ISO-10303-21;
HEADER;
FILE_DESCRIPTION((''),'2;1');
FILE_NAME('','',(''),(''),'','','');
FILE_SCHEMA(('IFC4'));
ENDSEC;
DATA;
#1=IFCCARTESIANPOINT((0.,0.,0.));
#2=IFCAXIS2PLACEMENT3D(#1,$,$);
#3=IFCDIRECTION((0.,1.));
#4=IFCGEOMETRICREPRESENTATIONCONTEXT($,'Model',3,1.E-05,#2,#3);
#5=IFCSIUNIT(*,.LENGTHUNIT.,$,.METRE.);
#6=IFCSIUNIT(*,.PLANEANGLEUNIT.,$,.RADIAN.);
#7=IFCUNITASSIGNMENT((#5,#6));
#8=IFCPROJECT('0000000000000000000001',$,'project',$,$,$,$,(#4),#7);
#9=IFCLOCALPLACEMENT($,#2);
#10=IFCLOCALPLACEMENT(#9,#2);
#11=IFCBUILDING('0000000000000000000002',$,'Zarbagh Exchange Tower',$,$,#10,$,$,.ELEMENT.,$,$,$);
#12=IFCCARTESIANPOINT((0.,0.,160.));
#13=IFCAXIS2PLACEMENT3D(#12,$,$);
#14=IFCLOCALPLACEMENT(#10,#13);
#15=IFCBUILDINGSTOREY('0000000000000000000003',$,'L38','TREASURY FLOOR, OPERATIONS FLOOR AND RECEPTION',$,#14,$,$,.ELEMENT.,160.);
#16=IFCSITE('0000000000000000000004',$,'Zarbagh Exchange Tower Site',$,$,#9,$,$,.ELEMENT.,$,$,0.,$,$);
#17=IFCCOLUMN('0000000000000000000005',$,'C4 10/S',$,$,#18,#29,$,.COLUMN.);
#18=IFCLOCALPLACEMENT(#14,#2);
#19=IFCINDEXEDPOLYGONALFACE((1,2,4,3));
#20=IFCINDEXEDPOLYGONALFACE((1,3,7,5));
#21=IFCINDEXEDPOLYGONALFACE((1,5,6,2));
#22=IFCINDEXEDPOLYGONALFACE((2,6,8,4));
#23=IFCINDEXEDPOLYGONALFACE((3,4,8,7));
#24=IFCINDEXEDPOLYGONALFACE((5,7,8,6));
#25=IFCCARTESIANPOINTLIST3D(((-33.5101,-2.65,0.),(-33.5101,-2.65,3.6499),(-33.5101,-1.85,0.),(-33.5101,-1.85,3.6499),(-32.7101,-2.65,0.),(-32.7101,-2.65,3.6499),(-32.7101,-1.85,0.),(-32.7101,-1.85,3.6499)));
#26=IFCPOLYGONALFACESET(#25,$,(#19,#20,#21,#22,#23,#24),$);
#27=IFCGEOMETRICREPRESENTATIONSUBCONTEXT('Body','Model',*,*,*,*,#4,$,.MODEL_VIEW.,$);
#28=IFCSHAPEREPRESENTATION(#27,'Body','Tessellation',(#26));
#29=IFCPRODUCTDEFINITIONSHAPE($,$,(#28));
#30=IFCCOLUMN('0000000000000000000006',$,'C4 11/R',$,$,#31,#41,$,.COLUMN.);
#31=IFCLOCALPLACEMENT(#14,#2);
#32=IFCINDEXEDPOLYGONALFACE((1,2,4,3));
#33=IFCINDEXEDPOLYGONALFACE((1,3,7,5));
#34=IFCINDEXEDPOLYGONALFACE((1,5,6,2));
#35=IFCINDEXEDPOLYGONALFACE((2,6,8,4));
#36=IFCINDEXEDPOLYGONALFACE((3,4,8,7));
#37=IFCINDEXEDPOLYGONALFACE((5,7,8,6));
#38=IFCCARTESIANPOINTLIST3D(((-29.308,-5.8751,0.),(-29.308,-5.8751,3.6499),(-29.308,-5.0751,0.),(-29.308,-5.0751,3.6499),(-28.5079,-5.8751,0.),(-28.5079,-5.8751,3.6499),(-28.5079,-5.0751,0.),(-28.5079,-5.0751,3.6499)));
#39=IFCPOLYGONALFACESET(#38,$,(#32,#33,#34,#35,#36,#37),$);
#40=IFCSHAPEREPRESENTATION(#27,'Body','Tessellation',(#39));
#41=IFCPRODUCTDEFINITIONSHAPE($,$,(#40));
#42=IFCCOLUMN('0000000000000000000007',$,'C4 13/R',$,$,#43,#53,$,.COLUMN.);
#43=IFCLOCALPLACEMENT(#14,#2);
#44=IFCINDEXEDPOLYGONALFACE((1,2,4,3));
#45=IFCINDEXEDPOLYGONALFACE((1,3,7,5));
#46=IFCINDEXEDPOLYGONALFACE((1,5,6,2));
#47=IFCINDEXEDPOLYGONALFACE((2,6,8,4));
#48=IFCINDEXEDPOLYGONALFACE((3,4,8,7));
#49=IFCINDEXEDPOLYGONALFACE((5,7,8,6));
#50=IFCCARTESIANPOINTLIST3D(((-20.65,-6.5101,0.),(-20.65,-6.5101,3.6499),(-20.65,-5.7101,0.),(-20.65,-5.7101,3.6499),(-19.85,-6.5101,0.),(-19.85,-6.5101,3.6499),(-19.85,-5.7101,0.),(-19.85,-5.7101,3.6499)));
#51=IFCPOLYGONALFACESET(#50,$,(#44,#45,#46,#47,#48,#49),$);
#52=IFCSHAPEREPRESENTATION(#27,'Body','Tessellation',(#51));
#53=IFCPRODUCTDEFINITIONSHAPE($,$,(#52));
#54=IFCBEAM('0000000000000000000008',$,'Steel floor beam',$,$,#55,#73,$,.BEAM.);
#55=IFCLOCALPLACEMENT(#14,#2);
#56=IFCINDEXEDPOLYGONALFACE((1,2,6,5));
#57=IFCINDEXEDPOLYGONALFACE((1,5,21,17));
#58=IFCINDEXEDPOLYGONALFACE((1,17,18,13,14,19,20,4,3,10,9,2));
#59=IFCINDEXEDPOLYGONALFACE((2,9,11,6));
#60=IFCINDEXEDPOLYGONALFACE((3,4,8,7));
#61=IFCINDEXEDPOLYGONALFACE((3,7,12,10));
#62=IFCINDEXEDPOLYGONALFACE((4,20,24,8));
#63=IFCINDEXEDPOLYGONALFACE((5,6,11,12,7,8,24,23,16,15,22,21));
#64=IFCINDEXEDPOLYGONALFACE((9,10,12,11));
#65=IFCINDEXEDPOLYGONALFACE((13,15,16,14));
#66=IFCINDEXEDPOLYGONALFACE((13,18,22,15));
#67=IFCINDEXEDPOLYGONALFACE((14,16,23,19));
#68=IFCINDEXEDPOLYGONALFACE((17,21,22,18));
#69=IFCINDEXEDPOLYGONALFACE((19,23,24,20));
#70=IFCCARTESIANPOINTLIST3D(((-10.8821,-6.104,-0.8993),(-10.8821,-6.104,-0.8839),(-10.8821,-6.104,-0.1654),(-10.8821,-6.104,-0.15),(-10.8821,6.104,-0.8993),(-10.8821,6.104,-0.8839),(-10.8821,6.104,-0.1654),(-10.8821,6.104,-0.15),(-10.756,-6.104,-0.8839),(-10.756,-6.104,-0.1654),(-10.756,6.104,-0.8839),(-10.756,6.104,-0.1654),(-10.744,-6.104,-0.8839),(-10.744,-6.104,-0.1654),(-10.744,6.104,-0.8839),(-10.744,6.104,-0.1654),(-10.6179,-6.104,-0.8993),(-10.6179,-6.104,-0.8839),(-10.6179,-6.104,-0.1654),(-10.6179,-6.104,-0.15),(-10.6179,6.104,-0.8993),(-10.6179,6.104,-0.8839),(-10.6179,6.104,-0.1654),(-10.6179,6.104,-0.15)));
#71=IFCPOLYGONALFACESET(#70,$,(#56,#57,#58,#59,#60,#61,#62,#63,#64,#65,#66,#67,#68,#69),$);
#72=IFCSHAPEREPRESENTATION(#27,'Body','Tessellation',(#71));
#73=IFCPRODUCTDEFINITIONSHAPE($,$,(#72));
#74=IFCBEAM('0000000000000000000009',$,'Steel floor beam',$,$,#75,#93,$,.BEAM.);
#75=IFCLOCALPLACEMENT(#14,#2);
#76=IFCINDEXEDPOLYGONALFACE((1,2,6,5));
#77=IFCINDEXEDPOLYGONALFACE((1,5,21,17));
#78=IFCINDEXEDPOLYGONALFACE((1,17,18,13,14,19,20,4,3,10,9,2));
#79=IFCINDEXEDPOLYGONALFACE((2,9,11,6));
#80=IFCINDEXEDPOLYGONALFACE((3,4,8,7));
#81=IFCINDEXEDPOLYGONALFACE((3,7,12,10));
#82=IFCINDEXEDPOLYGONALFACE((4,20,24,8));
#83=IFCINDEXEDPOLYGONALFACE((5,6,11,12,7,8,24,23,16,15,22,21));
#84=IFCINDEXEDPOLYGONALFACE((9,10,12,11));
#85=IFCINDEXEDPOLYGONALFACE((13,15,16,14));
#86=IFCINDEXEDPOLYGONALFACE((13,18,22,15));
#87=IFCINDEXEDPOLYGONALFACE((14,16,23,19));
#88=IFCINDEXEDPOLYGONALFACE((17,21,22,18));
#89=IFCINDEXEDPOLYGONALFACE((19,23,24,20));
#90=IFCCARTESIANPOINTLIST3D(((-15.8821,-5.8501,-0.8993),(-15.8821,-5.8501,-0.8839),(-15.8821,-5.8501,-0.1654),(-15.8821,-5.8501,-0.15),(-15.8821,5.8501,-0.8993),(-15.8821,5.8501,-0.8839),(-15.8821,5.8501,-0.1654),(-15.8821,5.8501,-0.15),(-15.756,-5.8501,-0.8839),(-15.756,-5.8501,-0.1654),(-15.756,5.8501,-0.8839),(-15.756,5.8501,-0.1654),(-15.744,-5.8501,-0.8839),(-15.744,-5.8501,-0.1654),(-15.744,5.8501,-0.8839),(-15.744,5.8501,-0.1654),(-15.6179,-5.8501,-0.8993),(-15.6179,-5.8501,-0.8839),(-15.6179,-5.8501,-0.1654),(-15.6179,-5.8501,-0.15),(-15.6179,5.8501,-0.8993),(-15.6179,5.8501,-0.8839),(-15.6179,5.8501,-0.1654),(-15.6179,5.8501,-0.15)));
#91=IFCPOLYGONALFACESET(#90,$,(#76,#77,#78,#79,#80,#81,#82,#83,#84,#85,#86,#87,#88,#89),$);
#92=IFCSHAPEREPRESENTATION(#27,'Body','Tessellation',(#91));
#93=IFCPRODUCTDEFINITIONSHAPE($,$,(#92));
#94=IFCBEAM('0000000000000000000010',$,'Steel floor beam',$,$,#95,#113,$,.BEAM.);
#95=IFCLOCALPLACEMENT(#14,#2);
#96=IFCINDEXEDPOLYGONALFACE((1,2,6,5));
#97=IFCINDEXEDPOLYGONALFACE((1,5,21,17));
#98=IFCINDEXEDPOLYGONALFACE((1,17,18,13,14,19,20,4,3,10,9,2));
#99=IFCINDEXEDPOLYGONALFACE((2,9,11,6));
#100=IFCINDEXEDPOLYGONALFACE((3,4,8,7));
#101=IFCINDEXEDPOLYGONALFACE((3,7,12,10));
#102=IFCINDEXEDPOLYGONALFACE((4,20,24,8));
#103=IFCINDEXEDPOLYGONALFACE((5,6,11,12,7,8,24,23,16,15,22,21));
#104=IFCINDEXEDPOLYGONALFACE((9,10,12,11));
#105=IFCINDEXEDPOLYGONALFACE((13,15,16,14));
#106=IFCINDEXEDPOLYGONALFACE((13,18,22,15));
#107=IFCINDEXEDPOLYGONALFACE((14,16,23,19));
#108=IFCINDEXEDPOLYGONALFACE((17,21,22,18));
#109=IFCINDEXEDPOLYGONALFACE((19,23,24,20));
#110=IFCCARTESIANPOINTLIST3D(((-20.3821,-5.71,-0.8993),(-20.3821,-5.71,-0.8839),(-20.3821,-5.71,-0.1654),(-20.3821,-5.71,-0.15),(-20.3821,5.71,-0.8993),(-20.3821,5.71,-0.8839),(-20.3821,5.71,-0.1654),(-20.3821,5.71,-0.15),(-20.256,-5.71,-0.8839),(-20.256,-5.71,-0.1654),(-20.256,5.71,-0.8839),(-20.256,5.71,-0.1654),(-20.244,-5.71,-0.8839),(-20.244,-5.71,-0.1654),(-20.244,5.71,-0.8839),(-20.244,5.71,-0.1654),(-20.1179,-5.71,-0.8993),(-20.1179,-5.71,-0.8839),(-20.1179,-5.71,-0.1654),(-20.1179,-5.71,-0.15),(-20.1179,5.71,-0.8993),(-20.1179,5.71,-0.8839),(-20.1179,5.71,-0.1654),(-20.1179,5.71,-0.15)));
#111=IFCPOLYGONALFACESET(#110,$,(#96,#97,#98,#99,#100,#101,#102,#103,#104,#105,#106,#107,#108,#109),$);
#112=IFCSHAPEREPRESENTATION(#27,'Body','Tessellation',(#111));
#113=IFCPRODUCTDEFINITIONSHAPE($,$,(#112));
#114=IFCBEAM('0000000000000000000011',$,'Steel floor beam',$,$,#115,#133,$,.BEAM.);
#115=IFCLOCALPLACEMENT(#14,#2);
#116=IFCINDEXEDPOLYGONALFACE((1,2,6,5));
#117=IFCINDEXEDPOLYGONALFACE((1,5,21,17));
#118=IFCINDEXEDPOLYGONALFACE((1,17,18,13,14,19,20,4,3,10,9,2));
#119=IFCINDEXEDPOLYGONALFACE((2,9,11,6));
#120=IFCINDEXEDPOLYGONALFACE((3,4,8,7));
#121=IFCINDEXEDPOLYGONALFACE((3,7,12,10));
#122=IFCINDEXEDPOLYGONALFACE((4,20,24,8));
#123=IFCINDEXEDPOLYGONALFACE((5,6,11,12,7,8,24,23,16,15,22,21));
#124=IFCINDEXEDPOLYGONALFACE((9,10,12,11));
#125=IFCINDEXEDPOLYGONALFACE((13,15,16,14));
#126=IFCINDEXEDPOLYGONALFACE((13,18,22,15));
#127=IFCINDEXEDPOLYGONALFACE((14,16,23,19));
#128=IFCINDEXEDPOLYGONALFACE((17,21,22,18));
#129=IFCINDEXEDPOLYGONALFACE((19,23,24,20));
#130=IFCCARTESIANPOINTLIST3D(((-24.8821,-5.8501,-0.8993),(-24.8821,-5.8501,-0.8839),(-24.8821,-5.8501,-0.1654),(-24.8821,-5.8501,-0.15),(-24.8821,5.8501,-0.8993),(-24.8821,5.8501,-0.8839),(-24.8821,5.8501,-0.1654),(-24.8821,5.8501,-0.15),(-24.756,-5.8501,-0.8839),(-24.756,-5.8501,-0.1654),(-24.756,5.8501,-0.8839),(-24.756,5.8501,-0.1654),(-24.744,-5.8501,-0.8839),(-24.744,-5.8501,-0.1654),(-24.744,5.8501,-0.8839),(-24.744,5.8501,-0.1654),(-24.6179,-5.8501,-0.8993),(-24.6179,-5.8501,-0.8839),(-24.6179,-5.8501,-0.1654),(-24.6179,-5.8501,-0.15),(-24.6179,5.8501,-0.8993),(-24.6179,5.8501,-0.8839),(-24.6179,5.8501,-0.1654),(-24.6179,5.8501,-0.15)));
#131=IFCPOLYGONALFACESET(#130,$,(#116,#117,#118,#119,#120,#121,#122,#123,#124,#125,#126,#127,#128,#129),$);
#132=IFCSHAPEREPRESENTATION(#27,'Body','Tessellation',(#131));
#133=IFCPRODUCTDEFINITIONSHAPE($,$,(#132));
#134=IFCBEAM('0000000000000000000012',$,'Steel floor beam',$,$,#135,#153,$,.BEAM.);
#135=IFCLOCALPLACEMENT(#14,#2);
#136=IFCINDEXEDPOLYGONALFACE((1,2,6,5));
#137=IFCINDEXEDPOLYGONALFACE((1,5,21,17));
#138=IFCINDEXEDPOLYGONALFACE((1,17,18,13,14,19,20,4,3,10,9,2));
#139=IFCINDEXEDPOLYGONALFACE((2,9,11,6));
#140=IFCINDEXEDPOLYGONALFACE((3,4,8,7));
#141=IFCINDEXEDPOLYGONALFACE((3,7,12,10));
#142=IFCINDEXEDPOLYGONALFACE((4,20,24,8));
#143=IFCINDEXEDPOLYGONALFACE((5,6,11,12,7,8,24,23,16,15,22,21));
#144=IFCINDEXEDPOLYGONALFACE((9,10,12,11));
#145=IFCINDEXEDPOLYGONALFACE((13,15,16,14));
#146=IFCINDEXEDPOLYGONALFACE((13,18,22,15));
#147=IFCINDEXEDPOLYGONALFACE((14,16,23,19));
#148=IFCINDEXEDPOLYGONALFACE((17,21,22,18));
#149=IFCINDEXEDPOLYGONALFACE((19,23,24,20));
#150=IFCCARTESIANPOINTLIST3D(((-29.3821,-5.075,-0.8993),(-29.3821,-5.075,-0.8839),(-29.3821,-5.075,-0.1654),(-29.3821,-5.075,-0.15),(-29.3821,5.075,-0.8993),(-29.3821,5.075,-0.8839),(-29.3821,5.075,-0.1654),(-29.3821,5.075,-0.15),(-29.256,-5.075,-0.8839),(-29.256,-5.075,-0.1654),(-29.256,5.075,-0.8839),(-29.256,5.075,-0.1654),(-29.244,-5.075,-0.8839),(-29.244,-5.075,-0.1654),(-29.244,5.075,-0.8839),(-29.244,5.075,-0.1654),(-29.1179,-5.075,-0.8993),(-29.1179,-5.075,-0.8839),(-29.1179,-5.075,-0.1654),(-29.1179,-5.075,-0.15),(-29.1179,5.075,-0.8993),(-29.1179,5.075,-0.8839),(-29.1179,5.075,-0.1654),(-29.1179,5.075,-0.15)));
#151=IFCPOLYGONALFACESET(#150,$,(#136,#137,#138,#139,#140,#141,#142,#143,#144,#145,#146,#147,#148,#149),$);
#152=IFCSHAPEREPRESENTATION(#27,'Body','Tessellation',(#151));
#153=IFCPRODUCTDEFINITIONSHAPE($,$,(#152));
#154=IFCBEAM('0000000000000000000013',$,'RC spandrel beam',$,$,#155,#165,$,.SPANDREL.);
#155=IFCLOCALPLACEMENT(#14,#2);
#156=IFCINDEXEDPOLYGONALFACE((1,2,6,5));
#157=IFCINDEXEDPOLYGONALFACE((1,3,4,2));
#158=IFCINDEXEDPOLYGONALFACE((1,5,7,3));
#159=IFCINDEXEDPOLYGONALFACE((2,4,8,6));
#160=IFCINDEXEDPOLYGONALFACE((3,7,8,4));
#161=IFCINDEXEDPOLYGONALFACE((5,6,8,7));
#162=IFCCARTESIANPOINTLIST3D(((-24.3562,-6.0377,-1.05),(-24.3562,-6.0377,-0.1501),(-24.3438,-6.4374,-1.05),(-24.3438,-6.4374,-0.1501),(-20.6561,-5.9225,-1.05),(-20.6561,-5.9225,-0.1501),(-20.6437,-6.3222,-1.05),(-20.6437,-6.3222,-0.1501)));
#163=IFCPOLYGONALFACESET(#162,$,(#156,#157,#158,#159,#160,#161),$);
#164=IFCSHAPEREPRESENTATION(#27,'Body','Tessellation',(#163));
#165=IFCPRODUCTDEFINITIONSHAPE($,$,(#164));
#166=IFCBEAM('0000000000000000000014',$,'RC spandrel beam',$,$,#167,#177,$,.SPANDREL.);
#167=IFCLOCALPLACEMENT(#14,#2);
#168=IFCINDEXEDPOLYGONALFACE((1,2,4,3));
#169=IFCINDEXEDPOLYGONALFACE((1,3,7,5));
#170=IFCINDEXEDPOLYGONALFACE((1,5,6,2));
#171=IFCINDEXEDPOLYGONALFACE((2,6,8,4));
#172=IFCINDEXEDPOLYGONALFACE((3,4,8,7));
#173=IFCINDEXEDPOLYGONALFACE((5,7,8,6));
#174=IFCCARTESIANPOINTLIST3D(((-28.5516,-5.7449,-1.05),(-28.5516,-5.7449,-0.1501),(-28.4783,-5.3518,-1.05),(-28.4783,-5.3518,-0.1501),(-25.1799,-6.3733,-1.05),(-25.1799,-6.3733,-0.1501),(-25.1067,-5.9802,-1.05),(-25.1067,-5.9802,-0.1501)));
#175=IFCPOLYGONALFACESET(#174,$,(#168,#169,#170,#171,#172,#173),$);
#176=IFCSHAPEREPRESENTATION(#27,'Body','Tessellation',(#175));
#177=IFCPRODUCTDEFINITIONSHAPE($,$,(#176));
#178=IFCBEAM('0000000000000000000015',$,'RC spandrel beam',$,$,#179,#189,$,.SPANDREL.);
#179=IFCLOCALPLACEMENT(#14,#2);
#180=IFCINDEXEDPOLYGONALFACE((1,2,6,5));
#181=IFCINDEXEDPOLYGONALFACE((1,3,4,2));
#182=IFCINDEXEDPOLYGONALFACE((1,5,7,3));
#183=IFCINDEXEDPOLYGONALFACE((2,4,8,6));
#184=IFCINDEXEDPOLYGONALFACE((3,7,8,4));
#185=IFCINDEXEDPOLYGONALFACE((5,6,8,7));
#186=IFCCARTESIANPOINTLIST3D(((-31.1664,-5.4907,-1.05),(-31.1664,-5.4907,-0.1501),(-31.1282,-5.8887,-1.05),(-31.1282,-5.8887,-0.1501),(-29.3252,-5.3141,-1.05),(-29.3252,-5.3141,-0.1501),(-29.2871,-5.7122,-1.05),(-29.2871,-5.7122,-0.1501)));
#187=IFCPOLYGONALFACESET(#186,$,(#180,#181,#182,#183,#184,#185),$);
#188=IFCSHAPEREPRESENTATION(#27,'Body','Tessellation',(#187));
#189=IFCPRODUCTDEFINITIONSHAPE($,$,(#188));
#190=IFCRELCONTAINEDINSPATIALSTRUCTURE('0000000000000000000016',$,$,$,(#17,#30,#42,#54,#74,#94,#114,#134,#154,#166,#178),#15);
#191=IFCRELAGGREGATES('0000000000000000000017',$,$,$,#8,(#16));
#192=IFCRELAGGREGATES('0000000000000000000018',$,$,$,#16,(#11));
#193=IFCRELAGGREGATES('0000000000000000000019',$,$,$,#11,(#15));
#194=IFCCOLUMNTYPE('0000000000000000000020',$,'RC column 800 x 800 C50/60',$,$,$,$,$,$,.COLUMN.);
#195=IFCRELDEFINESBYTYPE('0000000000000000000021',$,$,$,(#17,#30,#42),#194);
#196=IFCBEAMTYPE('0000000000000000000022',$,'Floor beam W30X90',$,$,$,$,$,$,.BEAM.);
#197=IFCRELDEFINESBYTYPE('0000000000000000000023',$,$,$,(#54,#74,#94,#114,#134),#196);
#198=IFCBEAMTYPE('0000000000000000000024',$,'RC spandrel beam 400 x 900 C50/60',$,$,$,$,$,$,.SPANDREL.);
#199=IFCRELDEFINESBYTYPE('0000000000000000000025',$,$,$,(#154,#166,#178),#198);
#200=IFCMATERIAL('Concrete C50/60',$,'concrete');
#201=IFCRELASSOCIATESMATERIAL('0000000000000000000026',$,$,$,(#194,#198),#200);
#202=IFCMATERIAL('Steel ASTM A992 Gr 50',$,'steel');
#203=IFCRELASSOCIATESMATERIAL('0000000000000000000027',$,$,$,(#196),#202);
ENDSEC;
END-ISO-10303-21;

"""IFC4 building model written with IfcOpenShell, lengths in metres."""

from ifc_helpers import new_model, si_unit, direction, frame, origin, origin_2d, place, context, subcontext, project, spatial, rectangle, i_section, extrude, material, material_profile, profile_set, type_object, element, save


model = new_model("IFC4")

# Units and contexts
model_context = context("Model", 3, precision=1e-05, world=origin(), true_north=direction((0.0, 1.0)))
body_context = subcontext(model_context, "Body", "Model", "MODEL_VIEW")
ifc_project = project(units=[si_unit("LENGTHUNIT", "METRE"), si_unit("PLANEANGLEUNIT", "RADIAN")], contexts=[model_context])

# Site, building, storey
site_placement = place(None, origin())
site = spatial("IfcSite", under=ifc_project, at=site_placement, Name="Zarbagh Exchange Tower Site", CompositionType="ELEMENT", RefElevation=0.0)
building_placement = place(site_placement, origin())
building = spatial("IfcBuilding", under=site, at=building_placement, Name="Zarbagh Exchange Tower", CompositionType="ELEMENT")
storey_placement = place(building_placement, frame((0.0, 0.0, 160.0)))
storey = spatial("IfcBuildingStorey", under=building, at=storey_placement, Name="L38", Description="TREASURY FLOOR, OPERATIONS FLOOR AND RECEPTION", CompositionType="ELEMENT", Elevation=160.0)

# Columns
ifc_material_1 = material(Name="Concrete C50/60", Category="concrete")
ifc_material_profile_1 = material_profile(ifc_material_1, rectangle(XDim=0.8, YDim=0.8, at=origin_2d()), Name="RC column 800 x 800 C50/60")
ifc_profile_set_1 = profile_set([ifc_material_profile_1], Name="Concrete C50/60")
column_type = type_object("IfcColumnType", Name="RC column 800 x 800 C50/60", PredefinedType="COLUMN", material=ifc_profile_set_1)
for number, where, z_axis, x_axis, name in (
    (1, (-33.1101, -2.25, 0.0), (0.0, 0.0, 1.0), (1.0, 0.0, 0.0), "C4 10/S"),
    (2, (-28.908, -5.4751, 0.0), (0.0, 0.0, 1.0), (1.0, 0.0, 0.0), "C4 11/R"),
    (3, (-20.25, -6.1101, 0.0), (0.0, 0.0, 1.0), (1.0, 0.0, 0.0), "C4 13/R"),
):
    element("IfcColumn", number, at=place(storey_placement, frame(where, z_axis=z_axis, x_axis=x_axis)), inside=storey, type_object=column_type, Name=name, PredefinedType="COLUMN", context=body_context, shape_type="SweptSolid", body=[
        extrude(rectangle(XDim=0.8, YDim=0.8, at=origin_2d()), origin(), (0.0, 0.0, 1.0), 3.6499),
    ])

# Beams
ifc_material_2 = material(Name="Steel ASTM A992 Gr 50", Category="steel")
ifc_material_profile_2 = material_profile(ifc_material_2, i_section(OverallWidth=0.2642, OverallDepth=0.7493, WebThickness=0.012, FlangeThickness=0.0154, at=origin_2d()), Name="W30X90")
ifc_profile_set_2 = profile_set([ifc_material_profile_2], Name="Steel ASTM A992 Gr 50")
beam_type_1 = type_object("IfcBeamType", Name="Floor beam W30X90", PredefinedType="BEAM", material=ifc_profile_set_2)
beam_1_placement = place(storey_placement, frame((-10.75, -6.104, -0.5247), z_axis=(0.0, 1.0, 0.0), x_axis=(-1.0, 0.0, 0.0)))
element("IfcBeam", 4, at=beam_1_placement, inside=storey, type_object=beam_type_1, Name="Steel floor beam", PredefinedType="BEAM", context=body_context, shape_type="SweptSolid", body=[
    extrude(i_section(OverallWidth=0.2642, OverallDepth=0.7493, WebThickness=0.012, FlangeThickness=0.0154, at=origin_2d()), origin(), (0.0, 0.0, 1.0), 12.208),
])
beam_2_placement = place(storey_placement, frame((-15.75, -5.8501, -0.5247), z_axis=(0.0, 1.0, 0.0), x_axis=(-1.0, 0.0, 0.0)))
element("IfcBeam", 5, at=beam_2_placement, inside=storey, type_object=beam_type_1, Name="Steel floor beam", PredefinedType="BEAM", context=body_context, shape_type="SweptSolid", body=[
    extrude(i_section(OverallWidth=0.2642, OverallDepth=0.7493, WebThickness=0.012, FlangeThickness=0.0154, at=origin_2d()), origin(), (0.0, 0.0, 1.0), 11.7002),
])
beam_3_placement = place(storey_placement, frame((-20.25, -5.71, -0.5247), z_axis=(0.0, 1.0, 0.0), x_axis=(-1.0, 0.0, 0.0)))
element("IfcBeam", 6, at=beam_3_placement, inside=storey, type_object=beam_type_1, Name="Steel floor beam", PredefinedType="BEAM", context=body_context, shape_type="SweptSolid", body=[
    extrude(i_section(OverallWidth=0.2642, OverallDepth=0.7493, WebThickness=0.012, FlangeThickness=0.0154, at=origin_2d()), origin(), (0.0, 0.0, 1.0), 11.4199),
])
beam_4_placement = place(storey_placement, frame((-24.75, -5.8501, -0.5247), z_axis=(0.0, 1.0, 0.0), x_axis=(-1.0, 0.0, 0.0)))
element("IfcBeam", 7, at=beam_4_placement, inside=storey, type_object=beam_type_1, Name="Steel floor beam", PredefinedType="BEAM", context=body_context, shape_type="SweptSolid", body=[
    extrude(i_section(OverallWidth=0.2642, OverallDepth=0.7493, WebThickness=0.012, FlangeThickness=0.0154, at=origin_2d()), origin(), (0.0, 0.0, 1.0), 11.7002),
])
beam_5_placement = place(storey_placement, frame((-29.25, -5.075, -0.5247), z_axis=(0.0, 1.0, 0.0), x_axis=(-1.0, 0.0, 0.0)))
element("IfcBeam", 8, at=beam_5_placement, inside=storey, type_object=beam_type_1, Name="Steel floor beam", PredefinedType="BEAM", context=body_context, shape_type="SweptSolid", body=[
    extrude(i_section(OverallWidth=0.2642, OverallDepth=0.7493, WebThickness=0.012, FlangeThickness=0.0154, at=origin_2d()), origin(), (0.0, 0.0, 1.0), 10.1499),
])
ifc_material_profile_3 = material_profile(ifc_material_1, rectangle(XDim=0.3999, YDim=0.8999, at=origin_2d()), Name="RC spandrel beam 400 x 900 C50/60")
ifc_profile_set_3 = profile_set([ifc_material_profile_3], Name="Concrete C50/60")
beam_type_2 = type_object("IfcBeamType", Name="RC spandrel beam 400 x 900 C50/60", PredefinedType="SPANDREL", material=ifc_profile_set_3)
beam_6_placement = place(storey_placement, frame((-20.6499, -6.1223, -0.6001), z_axis=(-0.999515, -0.031128, 0.0), x_axis=(0.031128, -0.999515, 0.0)))
element("IfcBeam", 9, at=beam_6_placement, inside=storey, type_object=beam_type_2, Name="RC spandrel beam", PredefinedType="SPANDREL", context=body_context, shape_type="SweptSolid", body=[
    extrude(rectangle(XDim=0.3999, YDim=0.8999, at=origin_2d()), origin(), (0.0, 0.0, 1.0), 3.7019),
])
beam_7_placement = place(storey_placement, frame((-25.1433, -6.1768, -0.6001), z_axis=(-0.98307, 0.183231, 0.0), x_axis=(-0.183231, -0.98307, 0.0)))
element("IfcBeam", 10, at=beam_7_placement, inside=storey, type_object=beam_type_2, Name="RC spandrel beam", PredefinedType="SPANDREL", context=body_context, shape_type="SweptSolid", body=[
    extrude(rectangle(XDim=0.3999, YDim=0.8999, at=origin_2d()), origin(), (0.0, 0.0, 1.0), 3.4297),
])
beam_8_placement = place(storey_placement, frame((-29.3062, -5.5132, -0.6001), z_axis=(-0.995435, -0.095438, 0.0), x_axis=(0.095438, -0.995435, 0.0)))
element("IfcBeam", 11, at=beam_8_placement, inside=storey, type_object=beam_type_2, Name="RC spandrel beam", PredefinedType="SPANDREL", context=body_context, shape_type="SweptSolid", body=[
    extrude(rectangle(XDim=0.3999, YDim=0.8999, at=origin_2d()), origin(), (0.0, 0.0, 1.0), 1.8496),
])

save(model, "model.ifc")
